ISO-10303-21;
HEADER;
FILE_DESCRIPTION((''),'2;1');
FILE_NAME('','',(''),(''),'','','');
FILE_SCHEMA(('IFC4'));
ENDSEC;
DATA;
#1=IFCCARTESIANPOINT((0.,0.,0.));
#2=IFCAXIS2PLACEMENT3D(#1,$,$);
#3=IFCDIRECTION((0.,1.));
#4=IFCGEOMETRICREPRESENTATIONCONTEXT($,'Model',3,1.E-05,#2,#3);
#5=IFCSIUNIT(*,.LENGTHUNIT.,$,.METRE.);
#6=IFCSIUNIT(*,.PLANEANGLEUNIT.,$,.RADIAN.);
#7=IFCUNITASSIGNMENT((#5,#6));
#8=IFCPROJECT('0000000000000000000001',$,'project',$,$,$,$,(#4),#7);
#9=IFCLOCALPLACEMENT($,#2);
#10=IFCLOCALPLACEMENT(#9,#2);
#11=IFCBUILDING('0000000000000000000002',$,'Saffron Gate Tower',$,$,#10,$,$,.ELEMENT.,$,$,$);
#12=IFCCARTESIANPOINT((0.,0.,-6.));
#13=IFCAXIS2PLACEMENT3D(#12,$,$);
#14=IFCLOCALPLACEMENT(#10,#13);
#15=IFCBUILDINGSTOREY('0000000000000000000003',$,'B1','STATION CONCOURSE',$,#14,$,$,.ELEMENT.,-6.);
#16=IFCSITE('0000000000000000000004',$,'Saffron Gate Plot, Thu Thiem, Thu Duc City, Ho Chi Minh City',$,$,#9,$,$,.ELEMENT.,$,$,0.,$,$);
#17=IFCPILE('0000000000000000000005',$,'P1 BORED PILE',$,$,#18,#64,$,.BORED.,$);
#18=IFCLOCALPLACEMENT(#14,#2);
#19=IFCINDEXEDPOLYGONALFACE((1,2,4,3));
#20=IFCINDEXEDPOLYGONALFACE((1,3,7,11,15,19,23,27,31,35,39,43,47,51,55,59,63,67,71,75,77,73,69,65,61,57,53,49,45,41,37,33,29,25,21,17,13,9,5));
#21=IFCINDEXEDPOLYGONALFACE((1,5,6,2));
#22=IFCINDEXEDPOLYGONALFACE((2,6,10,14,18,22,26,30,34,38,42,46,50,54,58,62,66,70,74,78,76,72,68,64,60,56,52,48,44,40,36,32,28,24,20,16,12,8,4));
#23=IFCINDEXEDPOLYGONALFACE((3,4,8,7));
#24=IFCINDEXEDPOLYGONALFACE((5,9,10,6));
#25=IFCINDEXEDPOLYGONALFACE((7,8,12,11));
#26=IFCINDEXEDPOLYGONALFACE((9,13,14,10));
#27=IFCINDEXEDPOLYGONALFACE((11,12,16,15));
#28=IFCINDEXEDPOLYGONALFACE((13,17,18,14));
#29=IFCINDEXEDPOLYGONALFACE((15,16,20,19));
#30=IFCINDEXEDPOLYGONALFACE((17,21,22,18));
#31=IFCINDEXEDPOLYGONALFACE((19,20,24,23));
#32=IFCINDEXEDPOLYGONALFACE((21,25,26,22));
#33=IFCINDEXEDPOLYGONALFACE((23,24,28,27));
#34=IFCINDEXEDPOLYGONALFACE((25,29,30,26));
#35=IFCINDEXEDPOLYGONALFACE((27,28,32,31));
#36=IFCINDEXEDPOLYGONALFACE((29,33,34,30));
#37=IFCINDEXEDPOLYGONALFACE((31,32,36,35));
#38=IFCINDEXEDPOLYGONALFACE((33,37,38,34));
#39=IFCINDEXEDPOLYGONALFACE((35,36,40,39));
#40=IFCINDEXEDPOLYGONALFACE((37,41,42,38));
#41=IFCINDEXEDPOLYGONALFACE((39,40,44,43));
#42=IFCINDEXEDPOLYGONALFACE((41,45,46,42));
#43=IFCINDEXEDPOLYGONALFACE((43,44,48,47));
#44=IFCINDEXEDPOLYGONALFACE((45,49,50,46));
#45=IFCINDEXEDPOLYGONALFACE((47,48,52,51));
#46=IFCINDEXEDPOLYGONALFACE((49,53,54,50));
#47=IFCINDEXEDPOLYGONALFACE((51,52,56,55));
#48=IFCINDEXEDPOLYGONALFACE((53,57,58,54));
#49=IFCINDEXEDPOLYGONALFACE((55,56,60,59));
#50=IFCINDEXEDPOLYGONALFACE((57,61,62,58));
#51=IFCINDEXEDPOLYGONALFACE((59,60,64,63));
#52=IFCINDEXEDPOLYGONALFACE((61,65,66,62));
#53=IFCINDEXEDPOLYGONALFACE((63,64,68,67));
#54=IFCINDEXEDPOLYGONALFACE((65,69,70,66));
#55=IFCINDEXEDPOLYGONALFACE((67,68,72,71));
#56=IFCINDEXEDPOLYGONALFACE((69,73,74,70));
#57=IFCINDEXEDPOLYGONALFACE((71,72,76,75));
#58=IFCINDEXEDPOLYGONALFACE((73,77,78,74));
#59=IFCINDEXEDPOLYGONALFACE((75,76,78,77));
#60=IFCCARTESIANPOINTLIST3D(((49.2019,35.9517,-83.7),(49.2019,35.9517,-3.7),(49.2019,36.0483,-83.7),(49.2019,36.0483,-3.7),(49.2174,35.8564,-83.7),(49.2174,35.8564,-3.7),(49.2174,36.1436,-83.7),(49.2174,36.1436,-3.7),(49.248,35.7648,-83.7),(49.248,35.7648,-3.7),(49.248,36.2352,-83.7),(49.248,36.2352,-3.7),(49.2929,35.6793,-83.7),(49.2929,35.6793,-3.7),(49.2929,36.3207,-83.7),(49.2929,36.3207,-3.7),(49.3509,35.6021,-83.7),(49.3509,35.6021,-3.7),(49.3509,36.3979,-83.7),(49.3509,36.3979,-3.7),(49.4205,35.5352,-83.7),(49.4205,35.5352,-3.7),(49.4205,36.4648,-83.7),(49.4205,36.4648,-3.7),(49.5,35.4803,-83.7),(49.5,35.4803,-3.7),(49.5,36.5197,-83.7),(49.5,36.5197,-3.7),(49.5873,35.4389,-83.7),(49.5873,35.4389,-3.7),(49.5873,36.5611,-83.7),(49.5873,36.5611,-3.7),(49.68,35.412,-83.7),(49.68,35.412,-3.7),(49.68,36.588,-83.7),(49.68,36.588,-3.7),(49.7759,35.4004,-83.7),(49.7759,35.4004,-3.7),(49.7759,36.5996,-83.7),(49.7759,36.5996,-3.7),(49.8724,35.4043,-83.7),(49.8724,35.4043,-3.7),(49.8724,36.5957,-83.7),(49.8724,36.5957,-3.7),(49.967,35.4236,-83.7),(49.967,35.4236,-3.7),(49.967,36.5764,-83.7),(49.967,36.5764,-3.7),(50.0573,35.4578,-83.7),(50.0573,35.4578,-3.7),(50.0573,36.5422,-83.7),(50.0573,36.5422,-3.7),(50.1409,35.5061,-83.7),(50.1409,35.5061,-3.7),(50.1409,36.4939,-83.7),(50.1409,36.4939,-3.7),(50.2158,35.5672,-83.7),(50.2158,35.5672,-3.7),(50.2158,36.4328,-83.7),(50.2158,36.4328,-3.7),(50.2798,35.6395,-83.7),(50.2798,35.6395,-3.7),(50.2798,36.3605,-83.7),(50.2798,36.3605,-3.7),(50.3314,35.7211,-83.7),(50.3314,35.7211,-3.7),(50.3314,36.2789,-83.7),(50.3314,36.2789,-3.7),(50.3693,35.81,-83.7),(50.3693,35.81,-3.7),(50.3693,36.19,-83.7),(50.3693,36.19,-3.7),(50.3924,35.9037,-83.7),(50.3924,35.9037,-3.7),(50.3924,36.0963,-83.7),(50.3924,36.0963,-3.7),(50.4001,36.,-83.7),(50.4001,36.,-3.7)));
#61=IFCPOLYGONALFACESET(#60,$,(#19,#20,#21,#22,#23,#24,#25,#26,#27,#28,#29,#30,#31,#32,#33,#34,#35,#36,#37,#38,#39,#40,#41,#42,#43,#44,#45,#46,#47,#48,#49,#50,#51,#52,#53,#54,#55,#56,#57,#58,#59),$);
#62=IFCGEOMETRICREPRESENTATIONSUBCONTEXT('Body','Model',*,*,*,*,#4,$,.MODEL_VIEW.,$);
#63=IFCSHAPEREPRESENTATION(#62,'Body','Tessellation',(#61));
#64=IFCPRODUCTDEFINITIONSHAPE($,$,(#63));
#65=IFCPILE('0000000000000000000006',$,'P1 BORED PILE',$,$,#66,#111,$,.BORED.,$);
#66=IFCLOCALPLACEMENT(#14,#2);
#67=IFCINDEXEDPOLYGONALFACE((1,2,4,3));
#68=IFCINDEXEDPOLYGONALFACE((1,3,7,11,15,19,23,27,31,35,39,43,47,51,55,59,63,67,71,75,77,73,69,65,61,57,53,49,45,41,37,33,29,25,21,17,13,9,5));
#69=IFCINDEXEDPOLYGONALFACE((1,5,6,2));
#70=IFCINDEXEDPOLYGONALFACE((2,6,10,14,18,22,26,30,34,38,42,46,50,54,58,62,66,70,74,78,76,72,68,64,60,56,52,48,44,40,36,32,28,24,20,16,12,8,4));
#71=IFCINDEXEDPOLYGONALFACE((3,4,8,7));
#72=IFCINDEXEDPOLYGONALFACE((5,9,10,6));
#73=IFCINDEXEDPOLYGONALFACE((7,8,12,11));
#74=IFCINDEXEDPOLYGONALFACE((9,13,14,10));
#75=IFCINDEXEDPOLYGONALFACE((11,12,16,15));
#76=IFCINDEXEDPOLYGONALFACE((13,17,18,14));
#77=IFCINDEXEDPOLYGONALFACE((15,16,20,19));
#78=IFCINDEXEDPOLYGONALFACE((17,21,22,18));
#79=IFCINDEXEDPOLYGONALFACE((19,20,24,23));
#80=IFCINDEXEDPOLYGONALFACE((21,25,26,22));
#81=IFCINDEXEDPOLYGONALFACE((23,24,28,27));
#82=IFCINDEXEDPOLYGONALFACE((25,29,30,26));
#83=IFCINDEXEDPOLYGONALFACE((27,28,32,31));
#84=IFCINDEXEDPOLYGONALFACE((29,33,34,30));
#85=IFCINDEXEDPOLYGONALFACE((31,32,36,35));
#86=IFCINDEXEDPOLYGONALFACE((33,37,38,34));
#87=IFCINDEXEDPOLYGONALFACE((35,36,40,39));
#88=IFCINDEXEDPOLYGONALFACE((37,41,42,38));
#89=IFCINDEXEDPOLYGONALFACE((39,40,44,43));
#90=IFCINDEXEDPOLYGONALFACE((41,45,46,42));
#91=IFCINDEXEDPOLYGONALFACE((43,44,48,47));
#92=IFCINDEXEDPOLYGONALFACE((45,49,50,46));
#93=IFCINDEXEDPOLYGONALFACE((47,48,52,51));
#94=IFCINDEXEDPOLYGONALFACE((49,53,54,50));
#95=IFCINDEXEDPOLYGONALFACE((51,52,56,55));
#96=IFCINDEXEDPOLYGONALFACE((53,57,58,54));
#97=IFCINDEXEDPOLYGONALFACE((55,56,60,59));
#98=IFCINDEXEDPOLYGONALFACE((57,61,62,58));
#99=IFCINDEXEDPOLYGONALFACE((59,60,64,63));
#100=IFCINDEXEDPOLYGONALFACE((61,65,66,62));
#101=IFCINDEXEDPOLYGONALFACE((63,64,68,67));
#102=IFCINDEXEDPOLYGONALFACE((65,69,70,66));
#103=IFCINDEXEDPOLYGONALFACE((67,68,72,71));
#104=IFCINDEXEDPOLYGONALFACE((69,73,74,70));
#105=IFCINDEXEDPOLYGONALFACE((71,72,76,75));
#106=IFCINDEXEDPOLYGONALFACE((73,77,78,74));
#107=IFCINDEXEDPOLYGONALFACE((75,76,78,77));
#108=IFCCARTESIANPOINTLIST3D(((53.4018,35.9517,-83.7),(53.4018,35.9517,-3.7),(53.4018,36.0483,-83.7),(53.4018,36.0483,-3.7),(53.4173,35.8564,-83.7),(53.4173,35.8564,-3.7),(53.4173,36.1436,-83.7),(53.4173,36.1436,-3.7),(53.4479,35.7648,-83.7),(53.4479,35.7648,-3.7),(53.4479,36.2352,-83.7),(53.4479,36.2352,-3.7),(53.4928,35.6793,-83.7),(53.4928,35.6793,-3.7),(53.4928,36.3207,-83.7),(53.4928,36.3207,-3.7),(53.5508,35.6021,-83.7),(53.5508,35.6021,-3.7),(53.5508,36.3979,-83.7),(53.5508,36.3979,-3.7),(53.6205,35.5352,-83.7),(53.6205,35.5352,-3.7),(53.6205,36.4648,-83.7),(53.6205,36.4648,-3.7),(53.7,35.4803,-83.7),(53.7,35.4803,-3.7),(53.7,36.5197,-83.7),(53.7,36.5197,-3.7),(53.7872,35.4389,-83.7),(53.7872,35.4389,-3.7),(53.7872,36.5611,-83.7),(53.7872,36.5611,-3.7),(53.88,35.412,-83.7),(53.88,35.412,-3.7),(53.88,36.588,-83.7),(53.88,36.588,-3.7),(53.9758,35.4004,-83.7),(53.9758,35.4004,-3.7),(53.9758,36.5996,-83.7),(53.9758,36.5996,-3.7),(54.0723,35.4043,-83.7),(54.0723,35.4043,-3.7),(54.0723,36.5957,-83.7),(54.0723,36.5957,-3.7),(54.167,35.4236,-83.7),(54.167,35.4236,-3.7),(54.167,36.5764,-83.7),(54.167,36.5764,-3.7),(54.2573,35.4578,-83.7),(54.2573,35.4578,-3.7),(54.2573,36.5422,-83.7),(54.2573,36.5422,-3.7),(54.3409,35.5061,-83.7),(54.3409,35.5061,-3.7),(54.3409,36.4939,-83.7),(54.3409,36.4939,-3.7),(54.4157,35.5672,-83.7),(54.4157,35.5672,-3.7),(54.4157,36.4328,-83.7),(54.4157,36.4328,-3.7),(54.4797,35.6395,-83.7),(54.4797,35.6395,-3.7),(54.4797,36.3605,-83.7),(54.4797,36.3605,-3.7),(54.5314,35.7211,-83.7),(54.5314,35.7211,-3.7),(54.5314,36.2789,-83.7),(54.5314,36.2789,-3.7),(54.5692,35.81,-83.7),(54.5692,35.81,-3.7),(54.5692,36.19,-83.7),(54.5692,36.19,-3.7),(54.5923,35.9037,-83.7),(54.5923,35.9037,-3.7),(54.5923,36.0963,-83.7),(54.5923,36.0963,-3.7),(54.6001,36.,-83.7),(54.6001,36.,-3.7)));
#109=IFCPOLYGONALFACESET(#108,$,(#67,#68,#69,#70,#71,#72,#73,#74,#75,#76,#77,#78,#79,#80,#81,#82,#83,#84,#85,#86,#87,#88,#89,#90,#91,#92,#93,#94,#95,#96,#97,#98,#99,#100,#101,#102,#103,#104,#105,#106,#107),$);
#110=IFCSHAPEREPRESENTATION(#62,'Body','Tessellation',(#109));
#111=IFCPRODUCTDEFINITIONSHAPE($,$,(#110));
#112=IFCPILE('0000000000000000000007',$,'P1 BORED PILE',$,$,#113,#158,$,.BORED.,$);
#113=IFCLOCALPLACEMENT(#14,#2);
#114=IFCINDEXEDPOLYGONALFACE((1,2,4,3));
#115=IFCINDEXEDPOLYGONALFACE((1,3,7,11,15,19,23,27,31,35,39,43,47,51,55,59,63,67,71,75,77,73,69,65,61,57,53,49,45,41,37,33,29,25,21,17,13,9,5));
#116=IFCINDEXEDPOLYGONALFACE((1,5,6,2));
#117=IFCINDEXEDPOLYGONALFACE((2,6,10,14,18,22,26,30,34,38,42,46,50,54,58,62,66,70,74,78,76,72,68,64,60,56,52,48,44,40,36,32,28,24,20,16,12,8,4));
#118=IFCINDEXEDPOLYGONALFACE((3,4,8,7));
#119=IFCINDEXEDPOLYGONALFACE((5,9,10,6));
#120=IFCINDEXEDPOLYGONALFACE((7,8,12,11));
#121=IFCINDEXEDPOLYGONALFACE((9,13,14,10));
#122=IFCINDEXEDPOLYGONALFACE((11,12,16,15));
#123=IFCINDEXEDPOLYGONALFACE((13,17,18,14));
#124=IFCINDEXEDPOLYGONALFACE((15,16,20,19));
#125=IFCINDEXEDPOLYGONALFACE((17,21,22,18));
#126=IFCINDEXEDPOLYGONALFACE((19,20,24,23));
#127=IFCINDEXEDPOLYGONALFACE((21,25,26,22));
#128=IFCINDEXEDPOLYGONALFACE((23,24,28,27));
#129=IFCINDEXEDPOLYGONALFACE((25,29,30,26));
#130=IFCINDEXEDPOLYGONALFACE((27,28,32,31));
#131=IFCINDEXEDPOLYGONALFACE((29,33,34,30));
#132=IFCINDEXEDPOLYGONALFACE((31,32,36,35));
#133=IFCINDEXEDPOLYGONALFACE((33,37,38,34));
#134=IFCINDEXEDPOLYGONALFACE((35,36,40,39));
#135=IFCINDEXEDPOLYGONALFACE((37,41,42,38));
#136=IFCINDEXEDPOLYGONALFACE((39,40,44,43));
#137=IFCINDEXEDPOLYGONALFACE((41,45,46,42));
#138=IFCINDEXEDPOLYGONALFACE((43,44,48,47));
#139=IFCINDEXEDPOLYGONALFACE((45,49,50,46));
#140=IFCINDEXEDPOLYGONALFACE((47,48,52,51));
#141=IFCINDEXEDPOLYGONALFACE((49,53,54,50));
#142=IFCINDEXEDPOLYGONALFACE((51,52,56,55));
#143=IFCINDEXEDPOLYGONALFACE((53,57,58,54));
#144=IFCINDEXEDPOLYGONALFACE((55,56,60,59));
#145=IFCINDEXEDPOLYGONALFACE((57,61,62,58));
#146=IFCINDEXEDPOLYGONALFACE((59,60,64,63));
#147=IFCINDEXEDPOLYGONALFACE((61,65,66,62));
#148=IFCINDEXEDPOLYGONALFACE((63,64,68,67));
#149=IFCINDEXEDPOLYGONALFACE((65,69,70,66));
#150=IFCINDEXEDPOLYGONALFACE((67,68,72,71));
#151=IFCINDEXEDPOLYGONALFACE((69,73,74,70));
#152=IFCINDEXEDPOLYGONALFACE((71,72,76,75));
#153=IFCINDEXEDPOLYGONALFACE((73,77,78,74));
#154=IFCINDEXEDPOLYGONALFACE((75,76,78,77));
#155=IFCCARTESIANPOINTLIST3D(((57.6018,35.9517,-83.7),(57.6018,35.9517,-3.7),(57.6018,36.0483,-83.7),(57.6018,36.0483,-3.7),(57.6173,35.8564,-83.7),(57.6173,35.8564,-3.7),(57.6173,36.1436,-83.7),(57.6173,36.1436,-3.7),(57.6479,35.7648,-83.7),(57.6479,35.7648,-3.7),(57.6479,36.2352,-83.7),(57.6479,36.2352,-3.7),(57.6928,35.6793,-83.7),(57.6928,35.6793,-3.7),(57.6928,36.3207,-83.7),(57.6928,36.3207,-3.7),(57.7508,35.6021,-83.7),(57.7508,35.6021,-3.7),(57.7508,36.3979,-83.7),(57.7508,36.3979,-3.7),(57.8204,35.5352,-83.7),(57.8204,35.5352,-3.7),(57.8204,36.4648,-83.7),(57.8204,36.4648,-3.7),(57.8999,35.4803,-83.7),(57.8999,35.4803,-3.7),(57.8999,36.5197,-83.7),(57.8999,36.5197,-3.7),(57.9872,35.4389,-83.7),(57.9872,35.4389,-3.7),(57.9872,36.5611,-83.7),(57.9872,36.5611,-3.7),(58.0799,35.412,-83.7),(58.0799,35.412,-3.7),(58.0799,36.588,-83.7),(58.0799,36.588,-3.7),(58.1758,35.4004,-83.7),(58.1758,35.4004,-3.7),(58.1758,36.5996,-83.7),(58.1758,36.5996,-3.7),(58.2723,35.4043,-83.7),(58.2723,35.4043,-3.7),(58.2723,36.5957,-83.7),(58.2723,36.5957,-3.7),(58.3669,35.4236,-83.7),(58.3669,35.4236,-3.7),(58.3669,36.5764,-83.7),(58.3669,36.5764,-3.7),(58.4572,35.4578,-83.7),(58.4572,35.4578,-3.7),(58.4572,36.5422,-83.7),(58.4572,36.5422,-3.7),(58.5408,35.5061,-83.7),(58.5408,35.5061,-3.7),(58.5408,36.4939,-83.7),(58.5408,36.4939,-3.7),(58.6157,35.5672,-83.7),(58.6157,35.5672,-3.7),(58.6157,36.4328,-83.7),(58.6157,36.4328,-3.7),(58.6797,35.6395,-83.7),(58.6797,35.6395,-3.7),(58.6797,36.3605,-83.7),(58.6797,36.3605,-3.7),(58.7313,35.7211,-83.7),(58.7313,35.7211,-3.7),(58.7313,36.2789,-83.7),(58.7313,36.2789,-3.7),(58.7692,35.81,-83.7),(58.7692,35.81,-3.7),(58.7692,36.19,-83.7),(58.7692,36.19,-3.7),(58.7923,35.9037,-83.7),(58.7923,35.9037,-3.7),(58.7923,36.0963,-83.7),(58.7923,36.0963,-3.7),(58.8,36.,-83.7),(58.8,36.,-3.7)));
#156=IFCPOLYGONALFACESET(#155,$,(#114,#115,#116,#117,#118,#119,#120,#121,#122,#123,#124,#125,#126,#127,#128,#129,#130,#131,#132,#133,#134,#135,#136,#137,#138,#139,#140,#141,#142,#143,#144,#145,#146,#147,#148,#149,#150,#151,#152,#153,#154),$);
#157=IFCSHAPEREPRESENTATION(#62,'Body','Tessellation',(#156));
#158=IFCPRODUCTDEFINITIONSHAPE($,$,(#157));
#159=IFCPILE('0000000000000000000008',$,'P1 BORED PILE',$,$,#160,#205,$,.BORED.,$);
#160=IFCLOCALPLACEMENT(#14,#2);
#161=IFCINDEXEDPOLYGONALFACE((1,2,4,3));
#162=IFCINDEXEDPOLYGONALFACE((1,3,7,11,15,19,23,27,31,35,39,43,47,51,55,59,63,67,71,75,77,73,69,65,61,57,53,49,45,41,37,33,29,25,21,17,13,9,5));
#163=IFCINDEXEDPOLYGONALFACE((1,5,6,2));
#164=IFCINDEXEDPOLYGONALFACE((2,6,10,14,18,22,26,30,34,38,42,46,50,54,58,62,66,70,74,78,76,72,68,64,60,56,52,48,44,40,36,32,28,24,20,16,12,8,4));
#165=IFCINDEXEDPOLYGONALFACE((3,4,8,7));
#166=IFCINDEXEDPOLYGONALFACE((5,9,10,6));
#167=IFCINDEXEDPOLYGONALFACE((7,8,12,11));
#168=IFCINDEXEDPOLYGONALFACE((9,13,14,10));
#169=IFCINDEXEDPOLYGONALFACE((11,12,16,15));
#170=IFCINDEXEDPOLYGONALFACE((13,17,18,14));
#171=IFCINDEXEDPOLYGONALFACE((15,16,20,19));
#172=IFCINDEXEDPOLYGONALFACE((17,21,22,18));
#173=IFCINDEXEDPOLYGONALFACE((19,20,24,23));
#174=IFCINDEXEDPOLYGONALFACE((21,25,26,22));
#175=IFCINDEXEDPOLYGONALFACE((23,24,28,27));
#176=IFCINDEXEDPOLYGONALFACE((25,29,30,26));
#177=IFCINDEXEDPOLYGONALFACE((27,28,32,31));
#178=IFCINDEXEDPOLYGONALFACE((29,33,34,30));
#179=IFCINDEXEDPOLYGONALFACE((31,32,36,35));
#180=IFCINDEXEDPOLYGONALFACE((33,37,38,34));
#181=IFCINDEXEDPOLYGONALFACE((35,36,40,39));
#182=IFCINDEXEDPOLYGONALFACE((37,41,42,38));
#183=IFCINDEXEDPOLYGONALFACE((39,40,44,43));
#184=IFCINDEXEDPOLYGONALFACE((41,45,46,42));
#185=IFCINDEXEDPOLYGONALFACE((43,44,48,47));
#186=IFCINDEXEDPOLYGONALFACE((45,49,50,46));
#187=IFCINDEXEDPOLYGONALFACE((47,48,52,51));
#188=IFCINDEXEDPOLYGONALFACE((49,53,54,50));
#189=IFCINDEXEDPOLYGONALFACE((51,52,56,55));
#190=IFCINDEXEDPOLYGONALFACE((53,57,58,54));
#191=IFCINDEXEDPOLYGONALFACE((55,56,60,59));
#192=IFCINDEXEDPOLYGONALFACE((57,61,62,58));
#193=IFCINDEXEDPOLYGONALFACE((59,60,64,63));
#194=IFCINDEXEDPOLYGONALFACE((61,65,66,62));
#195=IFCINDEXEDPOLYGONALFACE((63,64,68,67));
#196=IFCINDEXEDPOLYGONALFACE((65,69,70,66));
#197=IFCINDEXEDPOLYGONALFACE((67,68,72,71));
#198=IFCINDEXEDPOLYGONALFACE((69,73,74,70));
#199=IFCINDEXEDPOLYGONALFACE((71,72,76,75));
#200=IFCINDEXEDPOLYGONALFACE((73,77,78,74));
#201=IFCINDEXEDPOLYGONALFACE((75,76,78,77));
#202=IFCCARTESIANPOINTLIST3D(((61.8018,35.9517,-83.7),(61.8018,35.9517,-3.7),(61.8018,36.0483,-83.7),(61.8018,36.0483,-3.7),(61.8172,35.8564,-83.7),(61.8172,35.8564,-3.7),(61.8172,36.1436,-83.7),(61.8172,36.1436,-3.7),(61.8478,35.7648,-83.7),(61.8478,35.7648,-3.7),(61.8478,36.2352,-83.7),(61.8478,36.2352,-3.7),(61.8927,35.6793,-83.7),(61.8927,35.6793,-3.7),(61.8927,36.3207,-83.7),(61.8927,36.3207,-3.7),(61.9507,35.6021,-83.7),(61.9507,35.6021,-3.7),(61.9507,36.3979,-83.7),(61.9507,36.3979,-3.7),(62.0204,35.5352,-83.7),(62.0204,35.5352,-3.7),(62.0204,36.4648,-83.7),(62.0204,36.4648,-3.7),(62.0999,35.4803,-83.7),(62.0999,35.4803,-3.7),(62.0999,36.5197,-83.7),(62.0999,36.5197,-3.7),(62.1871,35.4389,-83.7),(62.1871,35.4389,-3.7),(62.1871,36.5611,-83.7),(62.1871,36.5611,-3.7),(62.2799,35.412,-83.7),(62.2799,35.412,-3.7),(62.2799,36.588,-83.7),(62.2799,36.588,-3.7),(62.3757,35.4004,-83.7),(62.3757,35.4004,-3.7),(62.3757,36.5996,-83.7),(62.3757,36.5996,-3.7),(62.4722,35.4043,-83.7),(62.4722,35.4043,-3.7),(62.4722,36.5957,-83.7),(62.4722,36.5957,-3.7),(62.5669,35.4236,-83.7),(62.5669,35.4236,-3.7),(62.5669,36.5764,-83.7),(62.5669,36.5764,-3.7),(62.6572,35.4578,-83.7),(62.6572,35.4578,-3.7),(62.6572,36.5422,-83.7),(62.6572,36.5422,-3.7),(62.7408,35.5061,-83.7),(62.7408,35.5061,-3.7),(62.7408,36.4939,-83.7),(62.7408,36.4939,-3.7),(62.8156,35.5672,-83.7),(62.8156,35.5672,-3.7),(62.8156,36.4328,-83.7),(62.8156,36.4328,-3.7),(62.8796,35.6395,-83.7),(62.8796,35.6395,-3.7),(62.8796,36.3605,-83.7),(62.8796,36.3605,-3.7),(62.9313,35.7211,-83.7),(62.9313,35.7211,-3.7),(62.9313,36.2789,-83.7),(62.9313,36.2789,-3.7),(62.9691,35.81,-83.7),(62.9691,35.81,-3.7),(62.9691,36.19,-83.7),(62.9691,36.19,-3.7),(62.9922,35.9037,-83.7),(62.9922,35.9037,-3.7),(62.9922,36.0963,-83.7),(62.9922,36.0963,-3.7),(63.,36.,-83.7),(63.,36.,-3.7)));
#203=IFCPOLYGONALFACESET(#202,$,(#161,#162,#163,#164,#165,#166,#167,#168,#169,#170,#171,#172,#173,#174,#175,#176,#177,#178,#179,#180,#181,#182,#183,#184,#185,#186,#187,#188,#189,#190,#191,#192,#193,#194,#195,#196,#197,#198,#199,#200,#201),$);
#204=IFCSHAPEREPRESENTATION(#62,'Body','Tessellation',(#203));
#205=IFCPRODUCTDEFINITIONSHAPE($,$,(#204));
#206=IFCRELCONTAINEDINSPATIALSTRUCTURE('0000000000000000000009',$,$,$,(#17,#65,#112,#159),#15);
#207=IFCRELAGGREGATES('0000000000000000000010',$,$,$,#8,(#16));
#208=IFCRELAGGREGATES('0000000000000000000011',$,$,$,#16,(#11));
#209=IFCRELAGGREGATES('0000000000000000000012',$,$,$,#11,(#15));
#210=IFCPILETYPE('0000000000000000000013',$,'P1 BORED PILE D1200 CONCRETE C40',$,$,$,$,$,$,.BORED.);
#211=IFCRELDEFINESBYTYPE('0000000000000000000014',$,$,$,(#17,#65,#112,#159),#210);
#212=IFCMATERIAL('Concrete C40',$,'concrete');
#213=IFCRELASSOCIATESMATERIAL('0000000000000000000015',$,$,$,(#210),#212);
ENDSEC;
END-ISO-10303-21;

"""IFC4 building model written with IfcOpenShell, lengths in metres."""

from ifc_helpers import new_model, si_unit, direction, frame, origin, origin_2d, place, context, subcontext, project, spatial, circle, extrude, material, material_profile, profile_set, type_object, element, save


model = new_model("IFC4")

# Units and contexts
model_context = context("Model", 3, precision=1e-05, world=origin(), true_north=direction((0.0, 1.0)))
body_context = subcontext(model_context, "Body", "Model", "MODEL_VIEW")
ifc_project = project(units=[si_unit("LENGTHUNIT", "METRE"), si_unit("PLANEANGLEUNIT", "RADIAN")], contexts=[model_context])

# Site, building, storey
site_placement = place(None, origin())
site = spatial("IfcSite", under=ifc_project, at=site_placement, Name="Saffron Gate Plot, Thu Thiem, Thu Duc City, Ho Chi Minh City", CompositionType="ELEMENT", RefElevation=0.0)
building_placement = place(site_placement, origin())
building = spatial("IfcBuilding", under=site, at=building_placement, Name="Saffron Gate Tower", CompositionType="ELEMENT")
storey_placement = place(building_placement, frame((0.0, 0.0, -6.0)))
storey = spatial("IfcBuildingStorey", under=building, at=storey_placement, Name="B1", Description="STATION CONCOURSE", CompositionType="ELEMENT", Elevation=-6.0)

# Piles
ifc_material_1 = material(Name="Concrete C40", Category="concrete")
ifc_material_profile_1 = material_profile(ifc_material_1, circle(Radius=0.6001, at=origin_2d()))
ifc_profile_set_1 = profile_set([ifc_material_profile_1], Name="Concrete C40")
pile_type_1 = type_object("IfcPileType", Name="P1 BORED PILE D1200 CONCRETE C40", PredefinedType="BORED", material=ifc_profile_set_1)
for number, where, z_axis, x_axis, name in (
    (1, (49.8, 36.0, -3.7), (0.0, 0.0, -1.0), (1.0, 0.0, 0.0), "P1 BORED PILE"),
    (2, (54.0, 36.0, -3.7), (0.0, 0.0, -1.0), (1.0, 0.0, 0.0), "P1 BORED PILE"),
    (3, (58.2, 36.0, -3.7), (0.0, 0.0, -1.0), (1.0, 0.0, 0.0), "P1 BORED PILE"),
    (4, (62.3999, 36.0, -3.7), (0.0, 0.0, -1.0), (1.0, 0.0, 0.0), "P1 BORED PILE"),
):
    element("IfcPile", number, at=place(storey_placement, frame(where, z_axis=z_axis, x_axis=x_axis)), inside=storey, type_object=pile_type_1, Name=name, PredefinedType="BORED", context=body_context, shape_type="SweptSolid", body=[
        extrude(circle(Radius=0.6001, at=origin_2d()), origin(), (0.0, 0.0, 1.0), 80.0),
    ])

save(model, "model.ifc")
